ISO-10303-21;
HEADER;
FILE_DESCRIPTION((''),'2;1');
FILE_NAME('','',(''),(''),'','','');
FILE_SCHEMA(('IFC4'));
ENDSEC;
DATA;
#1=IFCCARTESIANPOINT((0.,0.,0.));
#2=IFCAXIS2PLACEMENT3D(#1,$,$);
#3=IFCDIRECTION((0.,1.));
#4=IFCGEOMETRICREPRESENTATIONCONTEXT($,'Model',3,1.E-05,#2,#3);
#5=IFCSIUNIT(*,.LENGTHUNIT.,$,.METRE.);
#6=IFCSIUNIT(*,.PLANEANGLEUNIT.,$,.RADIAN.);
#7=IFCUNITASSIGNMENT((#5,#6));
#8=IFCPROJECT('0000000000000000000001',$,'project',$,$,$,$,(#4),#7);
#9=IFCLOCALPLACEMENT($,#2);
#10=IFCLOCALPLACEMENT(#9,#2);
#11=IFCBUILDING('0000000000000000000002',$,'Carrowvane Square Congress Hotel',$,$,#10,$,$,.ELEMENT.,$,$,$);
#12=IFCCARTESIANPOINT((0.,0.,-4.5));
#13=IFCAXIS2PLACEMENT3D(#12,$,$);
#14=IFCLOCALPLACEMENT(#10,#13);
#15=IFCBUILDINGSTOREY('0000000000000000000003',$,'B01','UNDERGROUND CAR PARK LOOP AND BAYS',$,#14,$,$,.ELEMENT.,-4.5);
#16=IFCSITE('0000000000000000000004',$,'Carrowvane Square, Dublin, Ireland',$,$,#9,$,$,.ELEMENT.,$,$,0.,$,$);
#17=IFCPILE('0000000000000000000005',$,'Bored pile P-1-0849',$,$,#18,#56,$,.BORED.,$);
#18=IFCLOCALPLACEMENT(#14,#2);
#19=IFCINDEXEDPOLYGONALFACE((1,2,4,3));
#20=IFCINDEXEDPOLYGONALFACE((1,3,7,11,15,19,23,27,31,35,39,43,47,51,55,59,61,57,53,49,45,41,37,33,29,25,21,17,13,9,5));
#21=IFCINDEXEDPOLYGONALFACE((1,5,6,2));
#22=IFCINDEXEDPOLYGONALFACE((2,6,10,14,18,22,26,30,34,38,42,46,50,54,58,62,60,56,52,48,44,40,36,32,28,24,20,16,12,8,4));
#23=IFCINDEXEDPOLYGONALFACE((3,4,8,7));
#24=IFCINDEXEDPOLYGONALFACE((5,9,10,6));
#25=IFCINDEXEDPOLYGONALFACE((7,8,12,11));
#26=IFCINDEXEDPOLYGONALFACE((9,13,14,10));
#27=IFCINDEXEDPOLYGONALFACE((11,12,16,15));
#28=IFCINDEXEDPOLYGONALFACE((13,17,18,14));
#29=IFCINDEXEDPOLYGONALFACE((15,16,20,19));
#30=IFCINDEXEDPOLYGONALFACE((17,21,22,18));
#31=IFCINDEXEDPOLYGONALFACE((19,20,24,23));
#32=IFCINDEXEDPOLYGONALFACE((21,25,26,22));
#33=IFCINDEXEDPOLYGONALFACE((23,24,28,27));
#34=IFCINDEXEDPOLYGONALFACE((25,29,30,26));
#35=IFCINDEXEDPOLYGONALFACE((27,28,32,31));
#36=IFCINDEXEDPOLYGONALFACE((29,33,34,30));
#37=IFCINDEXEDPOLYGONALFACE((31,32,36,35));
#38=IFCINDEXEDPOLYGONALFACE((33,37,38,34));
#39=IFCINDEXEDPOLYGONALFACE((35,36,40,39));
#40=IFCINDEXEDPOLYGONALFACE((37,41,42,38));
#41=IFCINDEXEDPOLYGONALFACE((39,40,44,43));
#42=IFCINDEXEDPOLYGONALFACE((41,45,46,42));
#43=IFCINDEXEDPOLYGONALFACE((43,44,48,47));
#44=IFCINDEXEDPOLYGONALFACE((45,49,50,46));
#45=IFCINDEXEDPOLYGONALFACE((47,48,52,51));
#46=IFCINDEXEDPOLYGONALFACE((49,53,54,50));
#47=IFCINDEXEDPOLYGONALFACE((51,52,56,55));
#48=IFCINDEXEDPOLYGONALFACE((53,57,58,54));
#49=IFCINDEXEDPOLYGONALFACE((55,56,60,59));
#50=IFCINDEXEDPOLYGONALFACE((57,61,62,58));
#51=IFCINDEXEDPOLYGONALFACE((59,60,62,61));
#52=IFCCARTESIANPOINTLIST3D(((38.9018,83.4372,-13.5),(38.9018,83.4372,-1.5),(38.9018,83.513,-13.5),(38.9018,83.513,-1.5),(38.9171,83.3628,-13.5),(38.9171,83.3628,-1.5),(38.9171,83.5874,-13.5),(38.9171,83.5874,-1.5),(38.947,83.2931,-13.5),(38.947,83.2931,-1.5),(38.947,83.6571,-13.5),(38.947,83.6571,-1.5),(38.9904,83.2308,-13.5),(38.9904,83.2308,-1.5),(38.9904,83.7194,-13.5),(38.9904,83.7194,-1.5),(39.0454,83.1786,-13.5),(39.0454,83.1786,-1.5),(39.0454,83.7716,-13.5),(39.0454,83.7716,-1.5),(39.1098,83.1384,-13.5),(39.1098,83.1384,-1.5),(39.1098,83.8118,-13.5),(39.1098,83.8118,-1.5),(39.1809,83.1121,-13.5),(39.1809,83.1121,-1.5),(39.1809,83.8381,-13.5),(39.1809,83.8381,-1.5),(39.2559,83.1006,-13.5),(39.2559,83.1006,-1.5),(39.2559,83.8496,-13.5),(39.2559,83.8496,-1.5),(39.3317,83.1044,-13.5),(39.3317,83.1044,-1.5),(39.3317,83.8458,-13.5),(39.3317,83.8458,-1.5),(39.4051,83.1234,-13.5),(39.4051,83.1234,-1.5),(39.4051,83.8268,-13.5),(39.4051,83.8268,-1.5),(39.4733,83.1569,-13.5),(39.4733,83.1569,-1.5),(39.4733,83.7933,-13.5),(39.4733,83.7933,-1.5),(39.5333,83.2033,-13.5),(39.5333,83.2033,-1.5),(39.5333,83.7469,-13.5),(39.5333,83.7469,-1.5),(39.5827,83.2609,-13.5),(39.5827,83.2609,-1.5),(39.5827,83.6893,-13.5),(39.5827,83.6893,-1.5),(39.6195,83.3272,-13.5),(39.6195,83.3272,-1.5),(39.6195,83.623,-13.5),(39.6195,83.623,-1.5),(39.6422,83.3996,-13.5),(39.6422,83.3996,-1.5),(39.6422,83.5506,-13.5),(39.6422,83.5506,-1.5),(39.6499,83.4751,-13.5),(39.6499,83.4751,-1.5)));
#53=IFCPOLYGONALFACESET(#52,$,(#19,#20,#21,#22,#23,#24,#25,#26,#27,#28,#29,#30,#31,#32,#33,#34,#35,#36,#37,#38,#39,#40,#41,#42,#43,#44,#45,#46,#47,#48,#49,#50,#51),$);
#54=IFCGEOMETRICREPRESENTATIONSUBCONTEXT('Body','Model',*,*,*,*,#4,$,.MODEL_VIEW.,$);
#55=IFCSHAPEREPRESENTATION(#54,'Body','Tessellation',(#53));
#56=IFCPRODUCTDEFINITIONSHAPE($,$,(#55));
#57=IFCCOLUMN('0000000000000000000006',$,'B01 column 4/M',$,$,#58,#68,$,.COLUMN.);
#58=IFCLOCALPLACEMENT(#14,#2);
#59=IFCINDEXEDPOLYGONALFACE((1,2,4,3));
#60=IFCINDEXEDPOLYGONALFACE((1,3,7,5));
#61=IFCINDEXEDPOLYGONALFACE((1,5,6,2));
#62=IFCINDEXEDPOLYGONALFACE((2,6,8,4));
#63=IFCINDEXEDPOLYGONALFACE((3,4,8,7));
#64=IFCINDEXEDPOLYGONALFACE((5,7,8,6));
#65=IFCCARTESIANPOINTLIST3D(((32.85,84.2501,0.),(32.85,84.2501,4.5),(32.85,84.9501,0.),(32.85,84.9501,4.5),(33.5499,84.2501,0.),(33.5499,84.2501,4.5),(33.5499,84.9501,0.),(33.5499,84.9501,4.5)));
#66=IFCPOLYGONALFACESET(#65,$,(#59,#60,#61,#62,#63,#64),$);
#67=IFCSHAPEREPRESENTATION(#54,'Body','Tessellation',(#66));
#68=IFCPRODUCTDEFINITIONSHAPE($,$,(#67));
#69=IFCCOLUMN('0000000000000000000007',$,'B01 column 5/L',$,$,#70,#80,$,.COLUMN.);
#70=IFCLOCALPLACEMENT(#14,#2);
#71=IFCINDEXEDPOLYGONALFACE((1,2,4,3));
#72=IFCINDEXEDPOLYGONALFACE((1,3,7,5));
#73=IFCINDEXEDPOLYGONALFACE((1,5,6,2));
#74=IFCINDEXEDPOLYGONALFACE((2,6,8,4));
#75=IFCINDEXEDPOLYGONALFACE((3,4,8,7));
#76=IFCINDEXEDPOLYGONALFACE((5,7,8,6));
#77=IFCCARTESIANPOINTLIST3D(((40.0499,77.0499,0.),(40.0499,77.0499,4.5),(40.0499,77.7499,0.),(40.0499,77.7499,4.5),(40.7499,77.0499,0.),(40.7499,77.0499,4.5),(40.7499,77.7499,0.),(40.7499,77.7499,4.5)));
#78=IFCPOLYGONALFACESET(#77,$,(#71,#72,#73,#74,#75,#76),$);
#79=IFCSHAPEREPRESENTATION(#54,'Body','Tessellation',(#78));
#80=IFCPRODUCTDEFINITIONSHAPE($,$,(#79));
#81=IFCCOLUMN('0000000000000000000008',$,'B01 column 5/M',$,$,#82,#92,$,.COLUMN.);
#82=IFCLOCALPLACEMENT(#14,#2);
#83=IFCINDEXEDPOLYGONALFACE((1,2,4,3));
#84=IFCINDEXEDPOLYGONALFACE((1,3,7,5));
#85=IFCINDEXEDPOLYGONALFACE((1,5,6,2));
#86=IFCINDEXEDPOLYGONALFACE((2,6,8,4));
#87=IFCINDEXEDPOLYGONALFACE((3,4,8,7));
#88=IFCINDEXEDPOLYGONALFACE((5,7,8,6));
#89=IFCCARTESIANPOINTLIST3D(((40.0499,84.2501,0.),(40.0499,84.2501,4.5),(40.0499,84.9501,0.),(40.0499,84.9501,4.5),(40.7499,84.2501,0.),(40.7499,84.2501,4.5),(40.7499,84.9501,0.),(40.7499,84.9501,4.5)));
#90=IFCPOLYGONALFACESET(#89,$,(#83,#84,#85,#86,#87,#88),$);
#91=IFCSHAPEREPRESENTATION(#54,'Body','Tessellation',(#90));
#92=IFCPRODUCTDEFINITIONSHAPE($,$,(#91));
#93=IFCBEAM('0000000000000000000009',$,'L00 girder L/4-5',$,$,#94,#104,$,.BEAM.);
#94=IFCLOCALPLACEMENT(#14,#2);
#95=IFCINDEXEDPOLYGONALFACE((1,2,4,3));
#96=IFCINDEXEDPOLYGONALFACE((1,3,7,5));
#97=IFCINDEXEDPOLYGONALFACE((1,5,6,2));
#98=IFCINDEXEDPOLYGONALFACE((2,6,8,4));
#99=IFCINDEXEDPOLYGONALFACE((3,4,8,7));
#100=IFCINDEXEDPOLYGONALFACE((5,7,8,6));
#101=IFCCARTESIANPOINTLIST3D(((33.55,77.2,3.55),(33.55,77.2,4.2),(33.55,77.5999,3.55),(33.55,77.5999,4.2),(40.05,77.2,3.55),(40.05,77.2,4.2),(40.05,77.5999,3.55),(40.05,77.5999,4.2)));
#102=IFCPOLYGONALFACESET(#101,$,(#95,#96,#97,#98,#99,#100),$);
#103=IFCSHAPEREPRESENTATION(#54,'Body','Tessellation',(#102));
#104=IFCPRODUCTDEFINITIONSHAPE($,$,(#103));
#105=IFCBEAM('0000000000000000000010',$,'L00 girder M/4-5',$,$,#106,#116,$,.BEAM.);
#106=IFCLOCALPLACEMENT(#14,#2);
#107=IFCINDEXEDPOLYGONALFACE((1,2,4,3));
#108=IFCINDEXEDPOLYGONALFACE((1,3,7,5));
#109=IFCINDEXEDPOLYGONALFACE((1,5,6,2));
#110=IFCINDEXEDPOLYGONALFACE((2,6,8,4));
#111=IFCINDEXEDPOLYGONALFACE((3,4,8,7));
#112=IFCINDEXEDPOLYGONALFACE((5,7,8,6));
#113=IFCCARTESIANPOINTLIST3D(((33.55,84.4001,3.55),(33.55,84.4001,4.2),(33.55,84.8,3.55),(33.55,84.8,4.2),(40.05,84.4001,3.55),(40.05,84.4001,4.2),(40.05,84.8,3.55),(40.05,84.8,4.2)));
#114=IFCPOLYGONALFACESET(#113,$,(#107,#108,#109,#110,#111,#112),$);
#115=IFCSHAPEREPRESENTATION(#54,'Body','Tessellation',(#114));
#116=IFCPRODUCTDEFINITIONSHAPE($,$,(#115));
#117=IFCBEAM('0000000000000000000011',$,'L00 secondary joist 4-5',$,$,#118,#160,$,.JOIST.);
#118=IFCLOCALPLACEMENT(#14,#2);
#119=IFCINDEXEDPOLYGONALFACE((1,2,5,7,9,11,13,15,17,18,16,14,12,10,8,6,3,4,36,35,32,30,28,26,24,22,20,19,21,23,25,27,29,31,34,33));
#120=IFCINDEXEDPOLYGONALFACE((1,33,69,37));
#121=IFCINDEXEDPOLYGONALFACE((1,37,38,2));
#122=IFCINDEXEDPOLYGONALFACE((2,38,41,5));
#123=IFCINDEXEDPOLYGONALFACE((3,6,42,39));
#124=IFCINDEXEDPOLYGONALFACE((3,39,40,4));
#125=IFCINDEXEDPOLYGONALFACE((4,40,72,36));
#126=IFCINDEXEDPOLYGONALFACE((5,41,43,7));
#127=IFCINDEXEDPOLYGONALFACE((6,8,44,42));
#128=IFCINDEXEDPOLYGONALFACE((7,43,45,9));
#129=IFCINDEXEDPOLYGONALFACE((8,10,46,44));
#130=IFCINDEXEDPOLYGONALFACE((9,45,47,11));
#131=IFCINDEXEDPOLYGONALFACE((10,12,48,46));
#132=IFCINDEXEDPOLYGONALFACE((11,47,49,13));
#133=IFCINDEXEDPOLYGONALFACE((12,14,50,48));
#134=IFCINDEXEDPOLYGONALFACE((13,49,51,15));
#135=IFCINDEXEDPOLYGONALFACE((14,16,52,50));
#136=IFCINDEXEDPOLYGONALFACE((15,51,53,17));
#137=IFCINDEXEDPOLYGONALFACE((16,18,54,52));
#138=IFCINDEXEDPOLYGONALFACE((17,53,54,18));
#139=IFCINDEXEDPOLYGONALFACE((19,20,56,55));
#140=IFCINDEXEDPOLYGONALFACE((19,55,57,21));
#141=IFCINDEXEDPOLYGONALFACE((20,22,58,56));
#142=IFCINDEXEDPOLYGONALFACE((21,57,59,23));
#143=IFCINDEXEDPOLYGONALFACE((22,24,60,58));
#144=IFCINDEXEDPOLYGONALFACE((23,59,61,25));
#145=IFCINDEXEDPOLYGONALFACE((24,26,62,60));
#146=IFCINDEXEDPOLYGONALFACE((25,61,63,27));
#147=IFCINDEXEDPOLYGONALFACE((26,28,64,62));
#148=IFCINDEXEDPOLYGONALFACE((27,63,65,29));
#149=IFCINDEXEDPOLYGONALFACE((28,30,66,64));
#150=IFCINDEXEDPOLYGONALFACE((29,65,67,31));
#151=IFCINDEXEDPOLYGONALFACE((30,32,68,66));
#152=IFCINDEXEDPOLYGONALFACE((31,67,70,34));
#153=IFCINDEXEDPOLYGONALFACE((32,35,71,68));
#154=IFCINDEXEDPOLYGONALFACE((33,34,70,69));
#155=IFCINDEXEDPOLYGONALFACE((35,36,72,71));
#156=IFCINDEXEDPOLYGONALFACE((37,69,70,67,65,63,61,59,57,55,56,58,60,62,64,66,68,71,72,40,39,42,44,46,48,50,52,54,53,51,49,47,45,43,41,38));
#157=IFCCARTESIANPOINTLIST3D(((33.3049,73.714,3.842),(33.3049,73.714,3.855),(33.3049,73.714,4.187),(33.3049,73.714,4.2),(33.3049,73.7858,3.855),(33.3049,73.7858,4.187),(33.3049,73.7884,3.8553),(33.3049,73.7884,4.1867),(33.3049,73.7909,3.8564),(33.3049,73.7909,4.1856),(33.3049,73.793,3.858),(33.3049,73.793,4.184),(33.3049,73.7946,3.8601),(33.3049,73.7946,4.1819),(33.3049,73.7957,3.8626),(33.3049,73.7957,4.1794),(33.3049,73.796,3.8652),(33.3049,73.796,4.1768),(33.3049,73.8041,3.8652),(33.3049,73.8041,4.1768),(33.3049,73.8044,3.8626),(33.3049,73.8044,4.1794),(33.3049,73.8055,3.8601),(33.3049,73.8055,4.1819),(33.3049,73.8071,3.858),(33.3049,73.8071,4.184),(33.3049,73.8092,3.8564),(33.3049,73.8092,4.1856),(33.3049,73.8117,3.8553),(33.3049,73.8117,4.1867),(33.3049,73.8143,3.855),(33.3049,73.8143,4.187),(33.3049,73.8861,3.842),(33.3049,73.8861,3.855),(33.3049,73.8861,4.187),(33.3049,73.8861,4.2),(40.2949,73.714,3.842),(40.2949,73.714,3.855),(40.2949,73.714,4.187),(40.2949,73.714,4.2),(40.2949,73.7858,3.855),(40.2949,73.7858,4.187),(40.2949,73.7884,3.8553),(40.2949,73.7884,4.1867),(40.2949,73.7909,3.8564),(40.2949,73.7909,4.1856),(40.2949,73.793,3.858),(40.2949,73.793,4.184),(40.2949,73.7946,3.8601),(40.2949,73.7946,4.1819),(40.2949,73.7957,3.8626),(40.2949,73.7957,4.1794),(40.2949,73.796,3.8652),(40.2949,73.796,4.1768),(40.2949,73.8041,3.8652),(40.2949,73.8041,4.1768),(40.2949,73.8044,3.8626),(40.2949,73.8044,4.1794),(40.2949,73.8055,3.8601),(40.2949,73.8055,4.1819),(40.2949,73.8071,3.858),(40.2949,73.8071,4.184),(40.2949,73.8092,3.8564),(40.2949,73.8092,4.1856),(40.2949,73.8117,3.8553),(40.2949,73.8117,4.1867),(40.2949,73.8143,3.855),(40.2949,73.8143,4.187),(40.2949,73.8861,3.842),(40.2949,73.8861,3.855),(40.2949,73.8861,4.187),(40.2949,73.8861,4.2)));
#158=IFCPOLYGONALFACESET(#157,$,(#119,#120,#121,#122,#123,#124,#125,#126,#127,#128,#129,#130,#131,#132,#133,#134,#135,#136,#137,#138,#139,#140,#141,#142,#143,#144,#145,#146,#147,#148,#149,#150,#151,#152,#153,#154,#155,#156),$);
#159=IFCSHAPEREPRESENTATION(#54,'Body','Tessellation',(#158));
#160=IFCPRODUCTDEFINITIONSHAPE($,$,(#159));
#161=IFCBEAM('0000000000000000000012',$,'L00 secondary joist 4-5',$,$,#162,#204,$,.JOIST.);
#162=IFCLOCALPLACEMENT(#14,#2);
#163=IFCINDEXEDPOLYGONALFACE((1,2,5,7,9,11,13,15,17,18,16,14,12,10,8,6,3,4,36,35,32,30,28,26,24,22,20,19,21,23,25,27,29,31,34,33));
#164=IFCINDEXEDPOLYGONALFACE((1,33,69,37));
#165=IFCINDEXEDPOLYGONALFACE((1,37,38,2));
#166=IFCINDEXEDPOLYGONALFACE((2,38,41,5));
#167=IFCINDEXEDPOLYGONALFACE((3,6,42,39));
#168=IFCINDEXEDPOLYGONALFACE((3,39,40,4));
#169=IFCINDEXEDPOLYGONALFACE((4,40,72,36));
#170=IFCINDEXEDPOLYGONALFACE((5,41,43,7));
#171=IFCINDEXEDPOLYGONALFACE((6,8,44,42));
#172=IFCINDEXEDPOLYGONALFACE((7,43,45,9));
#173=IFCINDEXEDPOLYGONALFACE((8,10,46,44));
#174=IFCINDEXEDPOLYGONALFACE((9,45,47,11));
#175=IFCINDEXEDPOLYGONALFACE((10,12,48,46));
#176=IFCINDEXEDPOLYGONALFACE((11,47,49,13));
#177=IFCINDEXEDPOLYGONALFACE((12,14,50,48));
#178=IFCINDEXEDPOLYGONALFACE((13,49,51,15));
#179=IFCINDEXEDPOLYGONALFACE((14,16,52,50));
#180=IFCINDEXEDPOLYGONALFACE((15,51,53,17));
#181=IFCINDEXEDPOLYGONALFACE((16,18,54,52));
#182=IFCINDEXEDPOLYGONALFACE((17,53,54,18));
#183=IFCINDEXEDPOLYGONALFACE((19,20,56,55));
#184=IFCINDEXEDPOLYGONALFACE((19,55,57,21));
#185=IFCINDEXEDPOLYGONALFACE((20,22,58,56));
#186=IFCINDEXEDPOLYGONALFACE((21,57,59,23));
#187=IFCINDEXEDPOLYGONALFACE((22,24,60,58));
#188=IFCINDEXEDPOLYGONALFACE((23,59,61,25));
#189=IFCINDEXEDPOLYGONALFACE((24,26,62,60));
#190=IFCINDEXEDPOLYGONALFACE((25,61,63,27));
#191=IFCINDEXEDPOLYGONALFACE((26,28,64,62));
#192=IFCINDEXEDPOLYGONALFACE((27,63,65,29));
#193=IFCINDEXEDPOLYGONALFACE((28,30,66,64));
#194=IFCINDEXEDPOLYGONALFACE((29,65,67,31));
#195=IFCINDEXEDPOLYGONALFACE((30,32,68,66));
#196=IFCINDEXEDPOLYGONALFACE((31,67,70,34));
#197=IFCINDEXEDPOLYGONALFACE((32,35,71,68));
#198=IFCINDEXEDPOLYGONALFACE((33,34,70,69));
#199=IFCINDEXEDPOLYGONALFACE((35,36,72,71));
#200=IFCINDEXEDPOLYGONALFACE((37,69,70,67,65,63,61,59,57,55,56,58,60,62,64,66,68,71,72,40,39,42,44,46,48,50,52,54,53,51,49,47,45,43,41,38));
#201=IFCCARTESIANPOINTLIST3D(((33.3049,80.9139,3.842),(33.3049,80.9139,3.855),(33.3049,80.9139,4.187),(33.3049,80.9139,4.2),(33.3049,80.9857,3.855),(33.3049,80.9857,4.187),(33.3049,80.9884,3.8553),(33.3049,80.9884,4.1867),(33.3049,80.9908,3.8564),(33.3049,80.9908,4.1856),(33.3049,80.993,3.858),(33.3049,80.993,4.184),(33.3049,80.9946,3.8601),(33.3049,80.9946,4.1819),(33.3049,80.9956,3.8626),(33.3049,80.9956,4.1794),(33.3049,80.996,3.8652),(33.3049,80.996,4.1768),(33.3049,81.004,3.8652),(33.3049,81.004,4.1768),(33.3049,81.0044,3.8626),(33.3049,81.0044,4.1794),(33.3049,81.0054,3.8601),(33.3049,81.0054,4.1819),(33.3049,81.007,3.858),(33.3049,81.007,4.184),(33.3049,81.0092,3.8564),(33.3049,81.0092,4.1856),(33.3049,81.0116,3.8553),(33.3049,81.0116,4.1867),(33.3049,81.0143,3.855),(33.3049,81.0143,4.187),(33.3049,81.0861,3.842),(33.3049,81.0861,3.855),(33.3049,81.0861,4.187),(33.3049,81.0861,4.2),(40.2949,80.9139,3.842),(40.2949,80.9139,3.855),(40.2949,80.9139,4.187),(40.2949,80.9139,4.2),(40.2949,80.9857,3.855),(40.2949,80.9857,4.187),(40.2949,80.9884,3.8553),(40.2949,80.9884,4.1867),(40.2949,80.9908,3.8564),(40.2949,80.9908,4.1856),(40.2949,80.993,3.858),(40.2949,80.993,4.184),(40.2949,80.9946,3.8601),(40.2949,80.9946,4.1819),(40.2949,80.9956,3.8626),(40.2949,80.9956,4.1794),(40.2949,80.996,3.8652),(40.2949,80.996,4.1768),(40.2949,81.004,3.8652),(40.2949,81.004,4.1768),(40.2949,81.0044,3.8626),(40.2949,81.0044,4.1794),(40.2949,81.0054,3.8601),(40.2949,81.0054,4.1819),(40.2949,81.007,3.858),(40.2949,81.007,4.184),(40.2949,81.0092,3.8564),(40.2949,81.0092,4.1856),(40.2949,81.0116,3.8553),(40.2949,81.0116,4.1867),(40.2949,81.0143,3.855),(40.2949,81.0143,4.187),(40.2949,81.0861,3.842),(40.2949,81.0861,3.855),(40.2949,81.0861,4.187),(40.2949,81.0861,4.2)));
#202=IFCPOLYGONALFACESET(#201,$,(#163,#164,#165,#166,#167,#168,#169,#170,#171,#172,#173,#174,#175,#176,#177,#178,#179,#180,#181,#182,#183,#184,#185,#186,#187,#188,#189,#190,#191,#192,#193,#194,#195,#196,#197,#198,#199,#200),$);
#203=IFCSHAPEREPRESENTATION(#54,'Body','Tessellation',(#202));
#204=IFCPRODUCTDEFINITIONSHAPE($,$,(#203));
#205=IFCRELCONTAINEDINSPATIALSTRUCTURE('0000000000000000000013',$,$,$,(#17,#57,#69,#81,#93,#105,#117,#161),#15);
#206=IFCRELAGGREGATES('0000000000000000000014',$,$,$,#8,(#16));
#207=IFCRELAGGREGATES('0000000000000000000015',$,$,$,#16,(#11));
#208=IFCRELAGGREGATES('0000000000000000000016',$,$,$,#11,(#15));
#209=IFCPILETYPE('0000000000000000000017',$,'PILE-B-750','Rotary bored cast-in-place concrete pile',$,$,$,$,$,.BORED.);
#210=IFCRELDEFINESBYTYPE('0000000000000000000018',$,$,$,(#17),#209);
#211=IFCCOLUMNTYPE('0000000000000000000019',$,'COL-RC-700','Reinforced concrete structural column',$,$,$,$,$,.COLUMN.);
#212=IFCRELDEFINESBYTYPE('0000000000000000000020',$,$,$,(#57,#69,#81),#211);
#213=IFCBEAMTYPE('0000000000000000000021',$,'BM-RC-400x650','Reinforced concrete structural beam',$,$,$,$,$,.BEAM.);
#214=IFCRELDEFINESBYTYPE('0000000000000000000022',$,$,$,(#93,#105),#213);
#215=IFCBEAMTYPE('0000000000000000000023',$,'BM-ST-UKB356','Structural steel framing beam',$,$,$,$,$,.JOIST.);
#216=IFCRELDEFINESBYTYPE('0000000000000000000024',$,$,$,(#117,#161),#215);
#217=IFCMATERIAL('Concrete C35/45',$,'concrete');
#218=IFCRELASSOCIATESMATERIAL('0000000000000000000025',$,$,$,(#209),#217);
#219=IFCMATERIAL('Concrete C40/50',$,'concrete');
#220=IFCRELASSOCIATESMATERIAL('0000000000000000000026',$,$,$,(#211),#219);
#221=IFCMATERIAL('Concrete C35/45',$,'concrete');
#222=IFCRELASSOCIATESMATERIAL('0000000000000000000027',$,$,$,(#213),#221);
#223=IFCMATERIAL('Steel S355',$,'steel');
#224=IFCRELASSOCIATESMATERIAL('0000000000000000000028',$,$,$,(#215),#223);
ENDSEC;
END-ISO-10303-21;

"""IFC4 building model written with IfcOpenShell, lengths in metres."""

from ifc_helpers import new_model, si_unit, direction, frame, origin, origin_2d, place, context, subcontext, project, spatial, rectangle, circle, i_section, extrude, material, material_profile, profile_set, type_object, element, save


model = new_model("IFC4")

# Units and contexts
model_context = context("Model", 3, precision=1e-05, world=origin(), true_north=direction((0.0, 1.0)))
body_context = subcontext(model_context, "Body", "Model", "MODEL_VIEW")
ifc_project = project(units=[si_unit("LENGTHUNIT", "METRE"), si_unit("PLANEANGLEUNIT", "RADIAN")], contexts=[model_context])

# Site, building, storey
site_placement = place(None, origin())
site = spatial("IfcSite", under=ifc_project, at=site_placement, Name="Carrowvane Square, Dublin, Ireland", CompositionType="ELEMENT", RefElevation=0.0)
building_placement = place(site_placement, origin())
building = spatial("IfcBuilding", under=site, at=building_placement, Name="Carrowvane Square Congress Hotel", CompositionType="ELEMENT")
storey_placement = place(building_placement, frame((0.0, 0.0, -4.5)))
storey = spatial("IfcBuildingStorey", under=building, at=storey_placement, Name="B01", Description="UNDERGROUND CAR PARK LOOP AND BAYS", CompositionType="ELEMENT", Elevation=-4.5)

# Pile
ifc_material_1 = material(Name="Concrete C35/45", Category="concrete")
ifc_material_profile_1 = material_profile(ifc_material_1, circle(Radius=0.375, at=origin_2d()), Name="PILE D750")
ifc_profile_set_1 = profile_set([ifc_material_profile_1], Name="Concrete C35/45")
pile_type = type_object("IfcPileType", Name="PILE-B-750", Description="Rotary bored cast-in-place concrete pile", PredefinedType="BORED", material=ifc_profile_set_1)
for number, where, z_axis, x_axis, name in (
    (1, (39.2749, 83.4751, -1.5), (0.0, 0.0, -1.0), (1.0, 0.0, 0.0), "Bored pile P-1-0849"),
):
    element("IfcPile", number, at=place(storey_placement, frame(where, z_axis=z_axis, x_axis=x_axis)), inside=storey, type_object=pile_type, Name=name, PredefinedType="BORED", context=body_context, shape_type="SweptSolid", body=[
        extrude(circle(Radius=0.375, at=origin_2d()), origin(), (0.0, 0.0, 1.0), 12.0),
    ])

# Columns
ifc_material_2 = material(Name="Concrete C40/50", Category="concrete")
ifc_material_profile_2 = material_profile(ifc_material_2, rectangle(XDim=0.7, YDim=0.7, at=origin_2d()), Name="RC 700x700")
ifc_profile_set_2 = profile_set([ifc_material_profile_2], Name="Concrete C40/50")
column_type = type_object("IfcColumnType", Name="COL-RC-700", Description="Reinforced concrete structural column", PredefinedType="COLUMN", material=ifc_profile_set_2)
for number, where, z_axis, x_axis, name in (
    (2, (33.2, 84.6001, 0.0), (0.0, 0.0, 1.0), (1.0, 0.0, 0.0), "B01 column 4/M"),
    (3, (40.3999, 77.3999, 0.0), (0.0, 0.0, 1.0), (1.0, 0.0, 0.0), "B01 column 5/L"),
    (4, (40.3999, 84.6001, 0.0), (0.0, 0.0, 1.0), (1.0, 0.0, 0.0), "B01 column 5/M"),
):
    element("IfcColumn", number, at=place(storey_placement, frame(where, z_axis=z_axis, x_axis=x_axis)), inside=storey, type_object=column_type, Name=name, PredefinedType="COLUMN", context=body_context, shape_type="SweptSolid", body=[
        extrude(rectangle(XDim=0.7, YDim=0.7, at=origin_2d()), origin(), (0.0, 0.0, 1.0), 4.5),
    ])

# Beams
ifc_material_3 = material(Name="Concrete C35/45", Category="concrete")
ifc_material_profile_3 = material_profile(ifc_material_3, rectangle(XDim=0.3999, YDim=0.6499, at=origin_2d()), Name="RC 400x650")
ifc_profile_set_3 = profile_set([ifc_material_profile_3], Name="Concrete C35/45")
beam_type_1 = type_object("IfcBeamType", Name="BM-RC-400x650", Description="Reinforced concrete structural beam", PredefinedType="BEAM", material=ifc_profile_set_3)
for number, where, z_axis, x_axis, name in (
    (5, (33.55, 77.3999, 3.875), (1.0, 0.0, 0.0), (0.0, 1.0, 0.0), "L00 girder L/4-5"),
    (6, (33.55, 84.6001, 3.875), (1.0, 0.0, 0.0), (0.0, 1.0, 0.0), "L00 girder M/4-5"),
):
    element("IfcBeam", number, at=place(storey_placement, frame(where, z_axis=z_axis, x_axis=x_axis)), inside=storey, type_object=beam_type_1, Name=name, PredefinedType="BEAM", context=body_context, shape_type="SweptSolid", body=[
        extrude(rectangle(XDim=0.3999, YDim=0.6499, at=origin_2d()), origin(), (0.0, 0.0, 1.0), 6.5),
    ])
ifc_material_4 = material(Name="Steel S355", Category="steel")
ifc_material_profile_4 = material_profile(ifc_material_4, i_section(OverallWidth=0.1721, OverallDepth=0.3579, WebThickness=0.0081, FlangeThickness=0.0129, FilletRadius=0.0103, at=origin_2d()), Name="UKB 356x171x57")
ifc_profile_set_4 = profile_set([ifc_material_profile_4], Name="Steel S355")
beam_type_2 = type_object("IfcBeamType", Name="BM-ST-UKB356", Description="Structural steel framing beam", PredefinedType="JOIST", material=ifc_profile_set_4)
for number, where, z_axis, x_axis, name in (
    (7, (33.3049, 73.8, 4.021), (1.0, 0.0, 0.0), (0.0, 1.0, 0.0), "L00 secondary joist 4-5"),
    (8, (33.3049, 81.0, 4.021), (1.0, 0.0, 0.0), (0.0, 1.0, 0.0), "L00 secondary joist 4-5"),
):
    element("IfcBeam", number, at=place(storey_placement, frame(where, z_axis=z_axis, x_axis=x_axis)), inside=storey, type_object=beam_type_2, Name=name, PredefinedType="JOIST", context=body_context, shape_type="SweptSolid", body=[
        extrude(i_section(OverallWidth=0.1721, OverallDepth=0.3579, WebThickness=0.0081, FlangeThickness=0.0129, FilletRadius=0.0103, at=origin_2d()), origin(), (0.0, 0.0, 1.0), 6.99),
    ])

save(model, "model.ifc")
